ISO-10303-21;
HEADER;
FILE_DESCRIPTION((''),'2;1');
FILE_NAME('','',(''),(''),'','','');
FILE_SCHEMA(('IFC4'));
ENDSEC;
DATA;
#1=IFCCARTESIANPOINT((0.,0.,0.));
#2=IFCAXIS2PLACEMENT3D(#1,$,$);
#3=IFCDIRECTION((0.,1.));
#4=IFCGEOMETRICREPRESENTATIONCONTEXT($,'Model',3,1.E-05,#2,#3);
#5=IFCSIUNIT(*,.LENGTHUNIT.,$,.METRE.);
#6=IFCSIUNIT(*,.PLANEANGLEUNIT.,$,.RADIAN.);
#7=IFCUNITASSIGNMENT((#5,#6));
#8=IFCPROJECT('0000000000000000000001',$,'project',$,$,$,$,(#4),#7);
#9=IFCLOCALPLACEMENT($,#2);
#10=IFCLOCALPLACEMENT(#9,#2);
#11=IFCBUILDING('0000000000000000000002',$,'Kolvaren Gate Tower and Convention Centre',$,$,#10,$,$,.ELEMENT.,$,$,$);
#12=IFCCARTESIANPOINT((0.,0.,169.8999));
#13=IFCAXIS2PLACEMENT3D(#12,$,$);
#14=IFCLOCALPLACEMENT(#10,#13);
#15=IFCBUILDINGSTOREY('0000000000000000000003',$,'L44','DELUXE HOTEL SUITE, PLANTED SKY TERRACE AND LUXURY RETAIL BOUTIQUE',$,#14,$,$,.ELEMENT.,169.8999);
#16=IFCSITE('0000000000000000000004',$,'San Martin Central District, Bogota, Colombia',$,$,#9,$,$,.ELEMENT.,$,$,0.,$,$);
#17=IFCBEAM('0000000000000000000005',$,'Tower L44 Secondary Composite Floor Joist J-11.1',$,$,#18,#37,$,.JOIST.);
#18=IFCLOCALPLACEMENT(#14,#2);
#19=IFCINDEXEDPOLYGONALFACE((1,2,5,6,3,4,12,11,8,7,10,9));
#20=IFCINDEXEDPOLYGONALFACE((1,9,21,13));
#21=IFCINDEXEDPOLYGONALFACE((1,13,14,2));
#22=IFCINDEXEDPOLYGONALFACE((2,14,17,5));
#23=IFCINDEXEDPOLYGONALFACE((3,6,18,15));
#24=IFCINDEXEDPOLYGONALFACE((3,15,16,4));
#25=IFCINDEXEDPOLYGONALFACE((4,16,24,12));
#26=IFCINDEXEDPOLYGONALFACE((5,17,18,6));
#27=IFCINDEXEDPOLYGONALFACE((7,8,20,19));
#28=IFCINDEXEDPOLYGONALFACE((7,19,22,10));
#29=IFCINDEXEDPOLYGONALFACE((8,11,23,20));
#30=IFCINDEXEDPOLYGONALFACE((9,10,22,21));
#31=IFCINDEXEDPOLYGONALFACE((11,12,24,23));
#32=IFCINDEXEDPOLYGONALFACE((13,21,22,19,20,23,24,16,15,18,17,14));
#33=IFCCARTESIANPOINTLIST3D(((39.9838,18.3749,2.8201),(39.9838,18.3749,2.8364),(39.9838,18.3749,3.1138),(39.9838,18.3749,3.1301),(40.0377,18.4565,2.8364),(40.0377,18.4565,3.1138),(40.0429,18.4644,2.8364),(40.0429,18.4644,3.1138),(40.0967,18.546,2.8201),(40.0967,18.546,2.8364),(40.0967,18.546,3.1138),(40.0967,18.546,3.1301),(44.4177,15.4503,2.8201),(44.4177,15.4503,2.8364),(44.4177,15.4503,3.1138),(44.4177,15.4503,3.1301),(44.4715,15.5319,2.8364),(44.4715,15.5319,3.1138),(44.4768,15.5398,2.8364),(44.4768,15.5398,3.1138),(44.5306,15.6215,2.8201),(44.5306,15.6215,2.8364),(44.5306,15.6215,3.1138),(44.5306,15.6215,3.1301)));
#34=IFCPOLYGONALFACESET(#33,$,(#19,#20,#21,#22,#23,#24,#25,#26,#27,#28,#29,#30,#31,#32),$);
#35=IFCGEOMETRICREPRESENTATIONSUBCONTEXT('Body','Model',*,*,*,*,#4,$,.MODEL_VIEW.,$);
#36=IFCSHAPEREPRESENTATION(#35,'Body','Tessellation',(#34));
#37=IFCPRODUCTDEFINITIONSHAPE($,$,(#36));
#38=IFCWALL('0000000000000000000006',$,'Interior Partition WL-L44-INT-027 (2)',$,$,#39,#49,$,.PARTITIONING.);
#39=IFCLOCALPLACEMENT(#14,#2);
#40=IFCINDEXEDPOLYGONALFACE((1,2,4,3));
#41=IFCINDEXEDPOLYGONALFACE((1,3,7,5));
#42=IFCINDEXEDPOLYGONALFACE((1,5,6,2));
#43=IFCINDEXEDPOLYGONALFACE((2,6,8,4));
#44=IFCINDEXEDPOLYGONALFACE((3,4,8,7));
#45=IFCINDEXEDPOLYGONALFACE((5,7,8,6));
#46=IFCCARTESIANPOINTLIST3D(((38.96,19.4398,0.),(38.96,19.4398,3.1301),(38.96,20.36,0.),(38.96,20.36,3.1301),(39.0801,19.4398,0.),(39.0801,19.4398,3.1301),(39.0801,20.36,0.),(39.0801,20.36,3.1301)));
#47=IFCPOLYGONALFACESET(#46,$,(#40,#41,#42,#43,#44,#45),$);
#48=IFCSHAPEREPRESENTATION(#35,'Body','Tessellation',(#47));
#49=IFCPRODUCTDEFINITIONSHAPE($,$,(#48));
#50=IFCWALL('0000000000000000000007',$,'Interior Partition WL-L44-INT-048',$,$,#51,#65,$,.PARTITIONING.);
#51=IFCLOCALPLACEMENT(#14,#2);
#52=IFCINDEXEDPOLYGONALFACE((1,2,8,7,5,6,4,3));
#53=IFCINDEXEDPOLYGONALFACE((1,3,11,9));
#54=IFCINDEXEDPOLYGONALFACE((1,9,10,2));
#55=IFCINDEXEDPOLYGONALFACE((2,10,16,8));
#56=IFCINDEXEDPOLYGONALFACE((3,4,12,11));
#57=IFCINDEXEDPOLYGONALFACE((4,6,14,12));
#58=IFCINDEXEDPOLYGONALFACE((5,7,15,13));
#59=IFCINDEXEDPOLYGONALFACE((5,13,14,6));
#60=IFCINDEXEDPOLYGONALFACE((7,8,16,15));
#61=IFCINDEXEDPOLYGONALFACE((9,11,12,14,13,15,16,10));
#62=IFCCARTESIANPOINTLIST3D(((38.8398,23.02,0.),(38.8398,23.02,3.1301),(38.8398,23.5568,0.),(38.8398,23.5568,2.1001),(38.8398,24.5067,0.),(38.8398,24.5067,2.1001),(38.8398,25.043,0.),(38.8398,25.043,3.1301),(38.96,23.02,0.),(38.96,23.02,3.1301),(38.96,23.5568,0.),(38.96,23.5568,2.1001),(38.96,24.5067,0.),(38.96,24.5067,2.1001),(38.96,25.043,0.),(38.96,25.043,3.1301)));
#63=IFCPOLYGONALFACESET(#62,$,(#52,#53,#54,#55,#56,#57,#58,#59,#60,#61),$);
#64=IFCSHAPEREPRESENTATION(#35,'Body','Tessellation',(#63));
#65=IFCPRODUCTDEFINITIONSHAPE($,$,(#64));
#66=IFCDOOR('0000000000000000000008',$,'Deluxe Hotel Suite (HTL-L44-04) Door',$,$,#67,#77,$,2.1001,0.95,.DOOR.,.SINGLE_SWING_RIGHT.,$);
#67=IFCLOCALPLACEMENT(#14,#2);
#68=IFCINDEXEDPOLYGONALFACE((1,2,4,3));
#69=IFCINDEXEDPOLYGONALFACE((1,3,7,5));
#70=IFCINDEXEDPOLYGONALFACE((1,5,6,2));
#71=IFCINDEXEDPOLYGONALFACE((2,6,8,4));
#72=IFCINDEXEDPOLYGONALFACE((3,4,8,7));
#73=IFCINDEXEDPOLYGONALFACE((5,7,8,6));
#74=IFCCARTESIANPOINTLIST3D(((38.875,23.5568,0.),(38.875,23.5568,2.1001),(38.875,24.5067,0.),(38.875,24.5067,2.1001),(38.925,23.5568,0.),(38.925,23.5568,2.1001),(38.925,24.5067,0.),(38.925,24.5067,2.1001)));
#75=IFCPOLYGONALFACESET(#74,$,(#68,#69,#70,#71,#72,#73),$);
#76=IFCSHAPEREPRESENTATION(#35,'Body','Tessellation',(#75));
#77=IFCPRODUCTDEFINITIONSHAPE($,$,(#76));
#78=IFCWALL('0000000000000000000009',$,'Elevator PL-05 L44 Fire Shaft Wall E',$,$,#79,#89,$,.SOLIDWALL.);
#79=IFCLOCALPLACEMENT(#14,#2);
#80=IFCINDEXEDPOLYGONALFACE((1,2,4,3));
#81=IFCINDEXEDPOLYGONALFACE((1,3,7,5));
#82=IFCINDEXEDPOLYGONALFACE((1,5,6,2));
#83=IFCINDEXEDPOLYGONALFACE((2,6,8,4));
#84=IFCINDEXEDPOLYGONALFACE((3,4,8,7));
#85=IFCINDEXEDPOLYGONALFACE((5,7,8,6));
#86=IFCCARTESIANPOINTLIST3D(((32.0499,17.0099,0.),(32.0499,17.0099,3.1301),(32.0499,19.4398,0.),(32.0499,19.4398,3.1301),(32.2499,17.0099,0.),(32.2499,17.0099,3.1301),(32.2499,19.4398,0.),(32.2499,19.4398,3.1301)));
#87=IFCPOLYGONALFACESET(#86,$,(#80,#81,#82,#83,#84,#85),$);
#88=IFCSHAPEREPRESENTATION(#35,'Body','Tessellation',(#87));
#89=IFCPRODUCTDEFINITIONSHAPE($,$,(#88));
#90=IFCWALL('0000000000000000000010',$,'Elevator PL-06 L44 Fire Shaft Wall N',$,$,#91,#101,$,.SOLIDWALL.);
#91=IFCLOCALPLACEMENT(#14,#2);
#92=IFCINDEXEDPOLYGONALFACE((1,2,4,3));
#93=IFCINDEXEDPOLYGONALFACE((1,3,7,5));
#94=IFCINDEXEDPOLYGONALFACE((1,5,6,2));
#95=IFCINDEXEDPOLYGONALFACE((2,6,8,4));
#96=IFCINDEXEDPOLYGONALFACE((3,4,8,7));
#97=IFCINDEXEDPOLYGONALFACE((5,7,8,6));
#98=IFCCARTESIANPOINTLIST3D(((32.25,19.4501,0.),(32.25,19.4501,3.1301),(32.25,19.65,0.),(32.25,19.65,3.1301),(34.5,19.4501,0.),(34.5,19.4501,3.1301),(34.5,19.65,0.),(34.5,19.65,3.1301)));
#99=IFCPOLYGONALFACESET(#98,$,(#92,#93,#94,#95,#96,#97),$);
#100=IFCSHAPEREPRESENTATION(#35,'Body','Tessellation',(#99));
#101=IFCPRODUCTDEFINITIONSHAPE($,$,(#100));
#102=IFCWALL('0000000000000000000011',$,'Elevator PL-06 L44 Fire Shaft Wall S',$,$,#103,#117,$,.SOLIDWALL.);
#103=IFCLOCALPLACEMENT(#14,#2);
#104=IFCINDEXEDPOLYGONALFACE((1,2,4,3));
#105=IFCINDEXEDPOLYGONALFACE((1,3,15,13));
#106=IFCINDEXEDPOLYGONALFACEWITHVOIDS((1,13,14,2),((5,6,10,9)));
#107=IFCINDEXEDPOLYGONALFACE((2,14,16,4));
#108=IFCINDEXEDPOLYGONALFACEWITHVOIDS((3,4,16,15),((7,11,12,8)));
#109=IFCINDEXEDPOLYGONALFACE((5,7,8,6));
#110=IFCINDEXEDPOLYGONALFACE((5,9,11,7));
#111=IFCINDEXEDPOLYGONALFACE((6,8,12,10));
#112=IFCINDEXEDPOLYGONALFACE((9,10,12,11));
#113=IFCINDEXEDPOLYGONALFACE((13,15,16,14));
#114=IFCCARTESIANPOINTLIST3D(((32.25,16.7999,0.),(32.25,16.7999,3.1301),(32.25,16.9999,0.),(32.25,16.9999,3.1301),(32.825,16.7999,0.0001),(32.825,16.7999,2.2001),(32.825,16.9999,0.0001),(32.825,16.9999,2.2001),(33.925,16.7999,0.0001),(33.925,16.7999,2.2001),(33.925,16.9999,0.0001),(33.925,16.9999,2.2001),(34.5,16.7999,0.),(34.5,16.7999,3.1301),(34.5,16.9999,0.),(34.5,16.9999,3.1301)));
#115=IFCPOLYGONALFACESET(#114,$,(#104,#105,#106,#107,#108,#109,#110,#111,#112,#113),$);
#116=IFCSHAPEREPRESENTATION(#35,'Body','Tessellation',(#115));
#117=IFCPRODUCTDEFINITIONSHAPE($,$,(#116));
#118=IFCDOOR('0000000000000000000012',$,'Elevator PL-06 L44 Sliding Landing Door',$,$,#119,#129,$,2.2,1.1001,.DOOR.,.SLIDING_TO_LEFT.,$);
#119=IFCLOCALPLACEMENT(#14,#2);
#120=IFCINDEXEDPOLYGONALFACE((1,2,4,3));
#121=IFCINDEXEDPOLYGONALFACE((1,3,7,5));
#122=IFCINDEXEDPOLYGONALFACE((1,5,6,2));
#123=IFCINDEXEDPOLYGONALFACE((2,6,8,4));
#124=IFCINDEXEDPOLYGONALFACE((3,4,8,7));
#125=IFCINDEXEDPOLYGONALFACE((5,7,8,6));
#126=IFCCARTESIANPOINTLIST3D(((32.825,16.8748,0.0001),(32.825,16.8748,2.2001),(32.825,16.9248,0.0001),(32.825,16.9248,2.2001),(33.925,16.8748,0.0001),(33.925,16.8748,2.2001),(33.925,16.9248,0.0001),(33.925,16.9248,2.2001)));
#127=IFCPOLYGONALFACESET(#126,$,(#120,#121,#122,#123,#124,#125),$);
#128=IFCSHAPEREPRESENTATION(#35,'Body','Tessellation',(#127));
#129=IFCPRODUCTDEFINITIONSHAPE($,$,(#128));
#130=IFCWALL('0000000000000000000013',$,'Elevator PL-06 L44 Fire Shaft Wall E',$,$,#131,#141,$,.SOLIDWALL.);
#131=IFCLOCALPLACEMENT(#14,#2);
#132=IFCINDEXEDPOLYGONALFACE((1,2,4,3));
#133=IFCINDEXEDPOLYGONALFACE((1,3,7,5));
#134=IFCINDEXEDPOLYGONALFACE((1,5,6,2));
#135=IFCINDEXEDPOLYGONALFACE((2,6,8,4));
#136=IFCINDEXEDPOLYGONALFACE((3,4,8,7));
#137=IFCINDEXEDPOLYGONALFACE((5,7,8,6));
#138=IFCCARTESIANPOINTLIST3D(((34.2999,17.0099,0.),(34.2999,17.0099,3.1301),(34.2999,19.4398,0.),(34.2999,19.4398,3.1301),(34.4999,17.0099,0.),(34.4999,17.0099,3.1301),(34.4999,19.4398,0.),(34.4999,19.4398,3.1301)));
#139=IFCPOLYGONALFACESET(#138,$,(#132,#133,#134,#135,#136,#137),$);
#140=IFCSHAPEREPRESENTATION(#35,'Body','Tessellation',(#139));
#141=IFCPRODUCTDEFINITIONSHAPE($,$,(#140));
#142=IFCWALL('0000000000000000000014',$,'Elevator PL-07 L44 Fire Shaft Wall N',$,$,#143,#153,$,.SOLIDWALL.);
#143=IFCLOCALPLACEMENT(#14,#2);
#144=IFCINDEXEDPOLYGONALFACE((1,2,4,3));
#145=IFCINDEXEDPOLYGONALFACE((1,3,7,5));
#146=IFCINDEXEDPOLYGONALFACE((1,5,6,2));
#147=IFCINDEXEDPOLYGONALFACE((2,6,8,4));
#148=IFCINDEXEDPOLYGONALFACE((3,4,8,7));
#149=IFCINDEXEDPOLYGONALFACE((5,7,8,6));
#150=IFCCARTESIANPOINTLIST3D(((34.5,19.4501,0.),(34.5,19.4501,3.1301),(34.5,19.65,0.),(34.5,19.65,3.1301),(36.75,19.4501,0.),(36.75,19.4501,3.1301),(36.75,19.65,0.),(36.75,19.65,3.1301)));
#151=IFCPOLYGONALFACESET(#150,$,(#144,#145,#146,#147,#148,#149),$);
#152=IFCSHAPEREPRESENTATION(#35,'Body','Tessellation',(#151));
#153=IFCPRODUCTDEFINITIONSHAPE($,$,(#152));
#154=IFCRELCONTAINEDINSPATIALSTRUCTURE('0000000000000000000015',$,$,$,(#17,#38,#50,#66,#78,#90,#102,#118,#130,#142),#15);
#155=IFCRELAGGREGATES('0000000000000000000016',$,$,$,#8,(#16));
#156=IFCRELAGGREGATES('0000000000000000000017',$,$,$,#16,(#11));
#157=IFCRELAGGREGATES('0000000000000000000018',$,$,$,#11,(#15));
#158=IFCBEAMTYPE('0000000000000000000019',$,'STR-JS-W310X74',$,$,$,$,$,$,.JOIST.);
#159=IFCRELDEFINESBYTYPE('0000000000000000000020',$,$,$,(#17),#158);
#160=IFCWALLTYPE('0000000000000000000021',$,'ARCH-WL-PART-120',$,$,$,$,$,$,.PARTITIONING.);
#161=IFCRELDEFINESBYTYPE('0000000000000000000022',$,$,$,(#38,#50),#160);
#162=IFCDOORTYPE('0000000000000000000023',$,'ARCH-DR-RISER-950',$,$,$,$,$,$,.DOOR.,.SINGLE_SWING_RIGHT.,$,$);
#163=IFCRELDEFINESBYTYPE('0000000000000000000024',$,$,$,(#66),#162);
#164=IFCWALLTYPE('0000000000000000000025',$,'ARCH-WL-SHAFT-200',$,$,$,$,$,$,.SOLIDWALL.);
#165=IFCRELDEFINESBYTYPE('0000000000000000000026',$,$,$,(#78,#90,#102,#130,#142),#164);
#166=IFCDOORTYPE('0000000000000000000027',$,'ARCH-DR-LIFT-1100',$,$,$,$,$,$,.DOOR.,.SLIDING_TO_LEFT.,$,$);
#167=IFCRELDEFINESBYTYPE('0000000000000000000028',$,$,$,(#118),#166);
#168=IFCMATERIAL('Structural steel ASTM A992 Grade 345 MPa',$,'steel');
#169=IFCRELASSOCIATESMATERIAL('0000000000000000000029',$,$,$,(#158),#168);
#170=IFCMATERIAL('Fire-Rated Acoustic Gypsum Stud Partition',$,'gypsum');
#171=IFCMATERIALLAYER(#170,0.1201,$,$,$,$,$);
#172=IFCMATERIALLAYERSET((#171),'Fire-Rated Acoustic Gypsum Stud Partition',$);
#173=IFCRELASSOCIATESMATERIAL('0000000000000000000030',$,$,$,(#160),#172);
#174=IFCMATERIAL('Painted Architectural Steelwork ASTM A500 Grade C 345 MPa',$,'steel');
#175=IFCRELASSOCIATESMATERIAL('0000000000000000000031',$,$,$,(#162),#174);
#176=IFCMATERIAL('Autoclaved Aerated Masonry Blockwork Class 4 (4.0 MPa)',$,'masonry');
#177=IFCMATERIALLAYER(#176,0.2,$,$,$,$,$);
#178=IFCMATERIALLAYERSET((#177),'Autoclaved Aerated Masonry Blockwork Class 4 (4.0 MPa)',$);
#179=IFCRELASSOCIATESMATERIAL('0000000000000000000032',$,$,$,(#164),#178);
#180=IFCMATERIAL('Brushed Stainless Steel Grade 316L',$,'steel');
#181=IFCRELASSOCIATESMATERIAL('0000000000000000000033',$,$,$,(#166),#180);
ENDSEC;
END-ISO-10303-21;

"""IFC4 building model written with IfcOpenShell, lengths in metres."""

from ifc_helpers import new_model, si_unit, direction, frame, frame_2d, origin, origin_2d, place, context, subcontext, project, spatial, rectangle, i_section, extrude, material, layer, layer_set, material_profile, profile_set, type_object, element, fill, save


model = new_model("IFC4")

# Units and contexts
model_context = context("Model", 3, precision=1e-05, world=origin(), true_north=direction((0.0, 1.0)))
body_context = subcontext(model_context, "Body", "Model", "MODEL_VIEW")
ifc_project = project(units=[si_unit("LENGTHUNIT", "METRE"), si_unit("PLANEANGLEUNIT", "RADIAN")], contexts=[model_context])

# Site, building, storey
site_placement = place(None, origin())
site = spatial("IfcSite", under=ifc_project, at=site_placement, Name="San Martin Central District, Bogota, Colombia", CompositionType="ELEMENT", RefElevation=0.0)
building_placement = place(site_placement, origin())
building = spatial("IfcBuilding", under=site, at=building_placement, Name="Kolvaren Gate Tower and Convention Centre", CompositionType="ELEMENT")
storey_placement = place(building_placement, frame((0.0, 0.0, 169.8999)))
storey = spatial("IfcBuildingStorey", under=building, at=storey_placement, Name="L44", Description="DELUXE HOTEL SUITE, PLANTED SKY TERRACE AND LUXURY RETAIL BOUTIQUE", CompositionType="ELEMENT", Elevation=169.8999)

# Beam
ifc_material_1 = material(Name="Structural steel ASTM A992 Grade 345 MPa", Category="steel")
ifc_material_profile = material_profile(ifc_material_1, i_section(OverallWidth=0.2051, OverallDepth=0.3101, WebThickness=0.0095, FlangeThickness=0.0164, at=origin_2d()), Name="W310X74")
ifc_profile_set = profile_set([ifc_material_profile], Name="Structural steel ASTM A992 Grade 345 MPa")
beam_type = type_object("IfcBeamType", Name="STR-JS-W310X74", PredefinedType="JOIST", material=ifc_profile_set)
beam_placement = place(storey_placement, frame((40.0403, 18.4604, 2.9751), z_axis=(0.834763, -0.55061, 0.0), x_axis=(0.55061, 0.834763, 0.0)))
element("IfcBeam", 1, at=beam_placement, inside=storey, type_object=beam_type, Name="Tower L44 Secondary Composite Floor Joist J-11.1", PredefinedType="JOIST", context=body_context, shape_type="SweptSolid", body=[
    extrude(i_section(OverallWidth=0.2051, OverallDepth=0.3101, WebThickness=0.0095, FlangeThickness=0.0164, at=origin_2d()), origin(), (0.0, 0.0, 1.0), 5.3115),
])

# Wall
ifc_material_2 = material(Name="Fire-Rated Acoustic Gypsum Stud Partition", Category="gypsum")
ifc_layer_1 = layer(ifc_material_2, 0.1201)
ifc_layer_set_1 = layer_set([ifc_layer_1], Name="Fire-Rated Acoustic Gypsum Stud Partition")
wall_type_1 = type_object("IfcWallType", Name="ARCH-WL-PART-120", PredefinedType="PARTITIONING", material=ifc_layer_set_1)
wall_1_placement = place(storey_placement, frame((39.02, 19.4399, 0.0), z_axis=(0.0, 0.0, 1.0), x_axis=(0.0, 1.0, 0.0)))
element("IfcWall", 2, at=wall_1_placement, inside=storey, type_object=wall_type_1, Name="Interior Partition WL-L44-INT-027 (2)", PredefinedType="PARTITIONING", context=body_context, shape_type="SweptSolid", body=[
    extrude(rectangle(XDim=0.9202, YDim=0.1201, at=frame_2d((0.46, 0.0))), origin(), (0.0, 0.0, 1.0), 3.1301),
])

# Wall, opening, door
wall_2_placement = place(storey_placement, frame((38.8999, 23.02, 0.0), z_axis=(0.0, 0.0, 1.0), x_axis=(0.0, 1.0, 0.0)))
wall_2 = element("IfcWall", 3, at=wall_2_placement, inside=storey, type_object=wall_type_1, Name="Interior Partition WL-L44-INT-048", PredefinedType="PARTITIONING", context=body_context, shape_type="SweptSolid", body=[
    extrude(rectangle(XDim=2.0229, YDim=0.1201, at=frame_2d((1.0115, 0.0))), origin(), (0.0, 0.0, 1.0), 3.1301),
])
opening_1_placement = place(wall_2_placement, frame((0.5366, 0.0, 0.0)))
opening_1 = element("IfcOpeningElement", 4, at=opening_1_placement, cuts=wall_2, PredefinedType="OPENING", context=body_context, shape_type="SweptSolid", body=[
    extrude(rectangle(XDim=0.95, YDim=2.1001, at=frame_2d((0.4751, 1.05))), frame((0.0, 0.0701, 0.0), z_axis=(0.0, -1.0, 0.0), x_axis=(1.0, 0.0, 0.0)), (0.0, 0.0, 1.0), 0.1401),
])
ifc_material_3 = material(Name="Painted Architectural Steelwork ASTM A500 Grade C 345 MPa", Category="steel")
door_type_1 = type_object("IfcDoorType", Name="ARCH-DR-RISER-950", OperationType="SINGLE_SWING_RIGHT", PredefinedType="DOOR", material=ifc_material_3)
door_1_placement = place(opening_1_placement, origin())
door_1 = element("IfcDoor", 5, at=door_1_placement, inside=storey, type_object=door_type_1, Name="Deluxe Hotel Suite (HTL-L44-04) Door", OperationType="SINGLE_SWING_RIGHT", OverallHeight=2.1001, OverallWidth=0.95, PredefinedType="DOOR", context=body_context, shape_type="SweptSolid", body=[
    extrude(rectangle(XDim=0.95, YDim=2.1001, at=frame_2d((0.4751, 1.05))), frame((0.0, 0.0249, 0.0), z_axis=(0.0, -1.0, 0.0), x_axis=(1.0, 0.0, 0.0)), (0.0, 0.0, 1.0), 0.05),
])
fill(opening_1, door_1)

# Walls
ifc_material_4 = material(Name="Autoclaved Aerated Masonry Blockwork Class 4 (4.0 MPa)", Category="masonry")
ifc_layer_2 = layer(ifc_material_4, 0.2)
ifc_layer_set_2 = layer_set([ifc_layer_2], Name="Autoclaved Aerated Masonry Blockwork Class 4 (4.0 MPa)")
wall_type_2 = type_object("IfcWallType", Name="ARCH-WL-SHAFT-200", PredefinedType="SOLIDWALL", material=ifc_layer_set_2)
wall_3_placement = place(storey_placement, frame((32.1499, 17.01, 0.0), z_axis=(0.0, 0.0, 1.0), x_axis=(0.0, 1.0, 0.0)))
element("IfcWall", 6, at=wall_3_placement, inside=storey, type_object=wall_type_2, Name="Elevator PL-05 L44 Fire Shaft Wall E", PredefinedType="SOLIDWALL", context=body_context, shape_type="SweptSolid", body=[
    extrude(rectangle(XDim=2.4299, YDim=0.2, at=frame_2d((1.2148, 0.0))), origin(), (0.0, 0.0, 1.0), 3.1301),
])
wall_4_placement = place(storey_placement, frame((32.25, 19.55, 0.0), z_axis=(0.0, 0.0, 1.0), x_axis=(1.0, 0.0, 0.0)))
element("IfcWall", 7, at=wall_4_placement, inside=storey, type_object=wall_type_2, Name="Elevator PL-06 L44 Fire Shaft Wall N", PredefinedType="SOLIDWALL", context=body_context, shape_type="SweptSolid", body=[
    extrude(rectangle(XDim=2.25, YDim=0.2, at=frame_2d((1.125, 0.0))), origin(), (0.0, 0.0, 1.0), 3.1301),
])

# Wall, opening, door
wall_5_placement = place(storey_placement, frame((32.25, 16.8999, 0.0), z_axis=(0.0, 0.0, 1.0), x_axis=(1.0, 0.0, 0.0)))
wall_5 = element("IfcWall", 8, at=wall_5_placement, inside=storey, type_object=wall_type_2, Name="Elevator PL-06 L44 Fire Shaft Wall S", PredefinedType="SOLIDWALL", context=body_context, shape_type="SweptSolid", body=[
    extrude(rectangle(XDim=2.25, YDim=0.2, at=frame_2d((1.125, 0.0))), origin(), (0.0, 0.0, 1.0), 3.1301),
])
opening_2_placement = place(wall_5_placement, frame((0.575, 0.0, 0.0)))
opening_2 = element("IfcOpeningElement", 9, at=opening_2_placement, cuts=wall_5, PredefinedType="OPENING", context=body_context, shape_type="SweptSolid", body=[
    extrude(rectangle(XDim=1.1001, YDim=2.2, at=frame_2d((0.55, 1.1001))), frame((0.0, 0.1099, 0.0), z_axis=(0.0, -1.0, 0.0), x_axis=(1.0, 0.0, 0.0)), (0.0, 0.0, 1.0), 0.22),
])
ifc_material_5 = material(Name="Brushed Stainless Steel Grade 316L", Category="steel")
door_type_2 = type_object("IfcDoorType", Name="ARCH-DR-LIFT-1100", OperationType="SLIDING_TO_LEFT", PredefinedType="DOOR", material=ifc_material_5)
door_2_placement = place(opening_2_placement, origin())
door_2 = element("IfcDoor", 10, at=door_2_placement, inside=storey, type_object=door_type_2, Name="Elevator PL-06 L44 Sliding Landing Door", OperationType="SLIDING_TO_LEFT", OverallHeight=2.2, OverallWidth=1.1001, PredefinedType="DOOR", context=body_context, shape_type="SweptSolid", body=[
    extrude(rectangle(XDim=1.1001, YDim=2.2, at=frame_2d((0.55, 1.1001))), frame((0.0, 0.0249, 0.0), z_axis=(0.0, -1.0, 0.0), x_axis=(1.0, 0.0, 0.0)), (0.0, 0.0, 1.0), 0.05),
])
fill(opening_2, door_2)

# Walls
wall_6_placement = place(storey_placement, frame((34.3999, 17.01, 0.0), z_axis=(0.0, 0.0, 1.0), x_axis=(0.0, 1.0, 0.0)))
element("IfcWall", 11, at=wall_6_placement, inside=storey, type_object=wall_type_2, Name="Elevator PL-06 L44 Fire Shaft Wall E", PredefinedType="SOLIDWALL", context=body_context, shape_type="SweptSolid", body=[
    extrude(rectangle(XDim=2.4299, YDim=0.2, at=frame_2d((1.2148, 0.0))), origin(), (0.0, 0.0, 1.0), 3.1301),
])
wall_7_placement = place(storey_placement, frame((34.5, 19.55, 0.0), z_axis=(0.0, 0.0, 1.0), x_axis=(1.0, 0.0, 0.0)))
element("IfcWall", 12, at=wall_7_placement, inside=storey, type_object=wall_type_2, Name="Elevator PL-07 L44 Fire Shaft Wall N", PredefinedType="SOLIDWALL", context=body_context, shape_type="SweptSolid", body=[
    extrude(rectangle(XDim=2.25, YDim=0.2, at=frame_2d((1.125, 0.0))), origin(), (0.0, 0.0, 1.0), 3.1301),
])

save(model, "model.ifc")
